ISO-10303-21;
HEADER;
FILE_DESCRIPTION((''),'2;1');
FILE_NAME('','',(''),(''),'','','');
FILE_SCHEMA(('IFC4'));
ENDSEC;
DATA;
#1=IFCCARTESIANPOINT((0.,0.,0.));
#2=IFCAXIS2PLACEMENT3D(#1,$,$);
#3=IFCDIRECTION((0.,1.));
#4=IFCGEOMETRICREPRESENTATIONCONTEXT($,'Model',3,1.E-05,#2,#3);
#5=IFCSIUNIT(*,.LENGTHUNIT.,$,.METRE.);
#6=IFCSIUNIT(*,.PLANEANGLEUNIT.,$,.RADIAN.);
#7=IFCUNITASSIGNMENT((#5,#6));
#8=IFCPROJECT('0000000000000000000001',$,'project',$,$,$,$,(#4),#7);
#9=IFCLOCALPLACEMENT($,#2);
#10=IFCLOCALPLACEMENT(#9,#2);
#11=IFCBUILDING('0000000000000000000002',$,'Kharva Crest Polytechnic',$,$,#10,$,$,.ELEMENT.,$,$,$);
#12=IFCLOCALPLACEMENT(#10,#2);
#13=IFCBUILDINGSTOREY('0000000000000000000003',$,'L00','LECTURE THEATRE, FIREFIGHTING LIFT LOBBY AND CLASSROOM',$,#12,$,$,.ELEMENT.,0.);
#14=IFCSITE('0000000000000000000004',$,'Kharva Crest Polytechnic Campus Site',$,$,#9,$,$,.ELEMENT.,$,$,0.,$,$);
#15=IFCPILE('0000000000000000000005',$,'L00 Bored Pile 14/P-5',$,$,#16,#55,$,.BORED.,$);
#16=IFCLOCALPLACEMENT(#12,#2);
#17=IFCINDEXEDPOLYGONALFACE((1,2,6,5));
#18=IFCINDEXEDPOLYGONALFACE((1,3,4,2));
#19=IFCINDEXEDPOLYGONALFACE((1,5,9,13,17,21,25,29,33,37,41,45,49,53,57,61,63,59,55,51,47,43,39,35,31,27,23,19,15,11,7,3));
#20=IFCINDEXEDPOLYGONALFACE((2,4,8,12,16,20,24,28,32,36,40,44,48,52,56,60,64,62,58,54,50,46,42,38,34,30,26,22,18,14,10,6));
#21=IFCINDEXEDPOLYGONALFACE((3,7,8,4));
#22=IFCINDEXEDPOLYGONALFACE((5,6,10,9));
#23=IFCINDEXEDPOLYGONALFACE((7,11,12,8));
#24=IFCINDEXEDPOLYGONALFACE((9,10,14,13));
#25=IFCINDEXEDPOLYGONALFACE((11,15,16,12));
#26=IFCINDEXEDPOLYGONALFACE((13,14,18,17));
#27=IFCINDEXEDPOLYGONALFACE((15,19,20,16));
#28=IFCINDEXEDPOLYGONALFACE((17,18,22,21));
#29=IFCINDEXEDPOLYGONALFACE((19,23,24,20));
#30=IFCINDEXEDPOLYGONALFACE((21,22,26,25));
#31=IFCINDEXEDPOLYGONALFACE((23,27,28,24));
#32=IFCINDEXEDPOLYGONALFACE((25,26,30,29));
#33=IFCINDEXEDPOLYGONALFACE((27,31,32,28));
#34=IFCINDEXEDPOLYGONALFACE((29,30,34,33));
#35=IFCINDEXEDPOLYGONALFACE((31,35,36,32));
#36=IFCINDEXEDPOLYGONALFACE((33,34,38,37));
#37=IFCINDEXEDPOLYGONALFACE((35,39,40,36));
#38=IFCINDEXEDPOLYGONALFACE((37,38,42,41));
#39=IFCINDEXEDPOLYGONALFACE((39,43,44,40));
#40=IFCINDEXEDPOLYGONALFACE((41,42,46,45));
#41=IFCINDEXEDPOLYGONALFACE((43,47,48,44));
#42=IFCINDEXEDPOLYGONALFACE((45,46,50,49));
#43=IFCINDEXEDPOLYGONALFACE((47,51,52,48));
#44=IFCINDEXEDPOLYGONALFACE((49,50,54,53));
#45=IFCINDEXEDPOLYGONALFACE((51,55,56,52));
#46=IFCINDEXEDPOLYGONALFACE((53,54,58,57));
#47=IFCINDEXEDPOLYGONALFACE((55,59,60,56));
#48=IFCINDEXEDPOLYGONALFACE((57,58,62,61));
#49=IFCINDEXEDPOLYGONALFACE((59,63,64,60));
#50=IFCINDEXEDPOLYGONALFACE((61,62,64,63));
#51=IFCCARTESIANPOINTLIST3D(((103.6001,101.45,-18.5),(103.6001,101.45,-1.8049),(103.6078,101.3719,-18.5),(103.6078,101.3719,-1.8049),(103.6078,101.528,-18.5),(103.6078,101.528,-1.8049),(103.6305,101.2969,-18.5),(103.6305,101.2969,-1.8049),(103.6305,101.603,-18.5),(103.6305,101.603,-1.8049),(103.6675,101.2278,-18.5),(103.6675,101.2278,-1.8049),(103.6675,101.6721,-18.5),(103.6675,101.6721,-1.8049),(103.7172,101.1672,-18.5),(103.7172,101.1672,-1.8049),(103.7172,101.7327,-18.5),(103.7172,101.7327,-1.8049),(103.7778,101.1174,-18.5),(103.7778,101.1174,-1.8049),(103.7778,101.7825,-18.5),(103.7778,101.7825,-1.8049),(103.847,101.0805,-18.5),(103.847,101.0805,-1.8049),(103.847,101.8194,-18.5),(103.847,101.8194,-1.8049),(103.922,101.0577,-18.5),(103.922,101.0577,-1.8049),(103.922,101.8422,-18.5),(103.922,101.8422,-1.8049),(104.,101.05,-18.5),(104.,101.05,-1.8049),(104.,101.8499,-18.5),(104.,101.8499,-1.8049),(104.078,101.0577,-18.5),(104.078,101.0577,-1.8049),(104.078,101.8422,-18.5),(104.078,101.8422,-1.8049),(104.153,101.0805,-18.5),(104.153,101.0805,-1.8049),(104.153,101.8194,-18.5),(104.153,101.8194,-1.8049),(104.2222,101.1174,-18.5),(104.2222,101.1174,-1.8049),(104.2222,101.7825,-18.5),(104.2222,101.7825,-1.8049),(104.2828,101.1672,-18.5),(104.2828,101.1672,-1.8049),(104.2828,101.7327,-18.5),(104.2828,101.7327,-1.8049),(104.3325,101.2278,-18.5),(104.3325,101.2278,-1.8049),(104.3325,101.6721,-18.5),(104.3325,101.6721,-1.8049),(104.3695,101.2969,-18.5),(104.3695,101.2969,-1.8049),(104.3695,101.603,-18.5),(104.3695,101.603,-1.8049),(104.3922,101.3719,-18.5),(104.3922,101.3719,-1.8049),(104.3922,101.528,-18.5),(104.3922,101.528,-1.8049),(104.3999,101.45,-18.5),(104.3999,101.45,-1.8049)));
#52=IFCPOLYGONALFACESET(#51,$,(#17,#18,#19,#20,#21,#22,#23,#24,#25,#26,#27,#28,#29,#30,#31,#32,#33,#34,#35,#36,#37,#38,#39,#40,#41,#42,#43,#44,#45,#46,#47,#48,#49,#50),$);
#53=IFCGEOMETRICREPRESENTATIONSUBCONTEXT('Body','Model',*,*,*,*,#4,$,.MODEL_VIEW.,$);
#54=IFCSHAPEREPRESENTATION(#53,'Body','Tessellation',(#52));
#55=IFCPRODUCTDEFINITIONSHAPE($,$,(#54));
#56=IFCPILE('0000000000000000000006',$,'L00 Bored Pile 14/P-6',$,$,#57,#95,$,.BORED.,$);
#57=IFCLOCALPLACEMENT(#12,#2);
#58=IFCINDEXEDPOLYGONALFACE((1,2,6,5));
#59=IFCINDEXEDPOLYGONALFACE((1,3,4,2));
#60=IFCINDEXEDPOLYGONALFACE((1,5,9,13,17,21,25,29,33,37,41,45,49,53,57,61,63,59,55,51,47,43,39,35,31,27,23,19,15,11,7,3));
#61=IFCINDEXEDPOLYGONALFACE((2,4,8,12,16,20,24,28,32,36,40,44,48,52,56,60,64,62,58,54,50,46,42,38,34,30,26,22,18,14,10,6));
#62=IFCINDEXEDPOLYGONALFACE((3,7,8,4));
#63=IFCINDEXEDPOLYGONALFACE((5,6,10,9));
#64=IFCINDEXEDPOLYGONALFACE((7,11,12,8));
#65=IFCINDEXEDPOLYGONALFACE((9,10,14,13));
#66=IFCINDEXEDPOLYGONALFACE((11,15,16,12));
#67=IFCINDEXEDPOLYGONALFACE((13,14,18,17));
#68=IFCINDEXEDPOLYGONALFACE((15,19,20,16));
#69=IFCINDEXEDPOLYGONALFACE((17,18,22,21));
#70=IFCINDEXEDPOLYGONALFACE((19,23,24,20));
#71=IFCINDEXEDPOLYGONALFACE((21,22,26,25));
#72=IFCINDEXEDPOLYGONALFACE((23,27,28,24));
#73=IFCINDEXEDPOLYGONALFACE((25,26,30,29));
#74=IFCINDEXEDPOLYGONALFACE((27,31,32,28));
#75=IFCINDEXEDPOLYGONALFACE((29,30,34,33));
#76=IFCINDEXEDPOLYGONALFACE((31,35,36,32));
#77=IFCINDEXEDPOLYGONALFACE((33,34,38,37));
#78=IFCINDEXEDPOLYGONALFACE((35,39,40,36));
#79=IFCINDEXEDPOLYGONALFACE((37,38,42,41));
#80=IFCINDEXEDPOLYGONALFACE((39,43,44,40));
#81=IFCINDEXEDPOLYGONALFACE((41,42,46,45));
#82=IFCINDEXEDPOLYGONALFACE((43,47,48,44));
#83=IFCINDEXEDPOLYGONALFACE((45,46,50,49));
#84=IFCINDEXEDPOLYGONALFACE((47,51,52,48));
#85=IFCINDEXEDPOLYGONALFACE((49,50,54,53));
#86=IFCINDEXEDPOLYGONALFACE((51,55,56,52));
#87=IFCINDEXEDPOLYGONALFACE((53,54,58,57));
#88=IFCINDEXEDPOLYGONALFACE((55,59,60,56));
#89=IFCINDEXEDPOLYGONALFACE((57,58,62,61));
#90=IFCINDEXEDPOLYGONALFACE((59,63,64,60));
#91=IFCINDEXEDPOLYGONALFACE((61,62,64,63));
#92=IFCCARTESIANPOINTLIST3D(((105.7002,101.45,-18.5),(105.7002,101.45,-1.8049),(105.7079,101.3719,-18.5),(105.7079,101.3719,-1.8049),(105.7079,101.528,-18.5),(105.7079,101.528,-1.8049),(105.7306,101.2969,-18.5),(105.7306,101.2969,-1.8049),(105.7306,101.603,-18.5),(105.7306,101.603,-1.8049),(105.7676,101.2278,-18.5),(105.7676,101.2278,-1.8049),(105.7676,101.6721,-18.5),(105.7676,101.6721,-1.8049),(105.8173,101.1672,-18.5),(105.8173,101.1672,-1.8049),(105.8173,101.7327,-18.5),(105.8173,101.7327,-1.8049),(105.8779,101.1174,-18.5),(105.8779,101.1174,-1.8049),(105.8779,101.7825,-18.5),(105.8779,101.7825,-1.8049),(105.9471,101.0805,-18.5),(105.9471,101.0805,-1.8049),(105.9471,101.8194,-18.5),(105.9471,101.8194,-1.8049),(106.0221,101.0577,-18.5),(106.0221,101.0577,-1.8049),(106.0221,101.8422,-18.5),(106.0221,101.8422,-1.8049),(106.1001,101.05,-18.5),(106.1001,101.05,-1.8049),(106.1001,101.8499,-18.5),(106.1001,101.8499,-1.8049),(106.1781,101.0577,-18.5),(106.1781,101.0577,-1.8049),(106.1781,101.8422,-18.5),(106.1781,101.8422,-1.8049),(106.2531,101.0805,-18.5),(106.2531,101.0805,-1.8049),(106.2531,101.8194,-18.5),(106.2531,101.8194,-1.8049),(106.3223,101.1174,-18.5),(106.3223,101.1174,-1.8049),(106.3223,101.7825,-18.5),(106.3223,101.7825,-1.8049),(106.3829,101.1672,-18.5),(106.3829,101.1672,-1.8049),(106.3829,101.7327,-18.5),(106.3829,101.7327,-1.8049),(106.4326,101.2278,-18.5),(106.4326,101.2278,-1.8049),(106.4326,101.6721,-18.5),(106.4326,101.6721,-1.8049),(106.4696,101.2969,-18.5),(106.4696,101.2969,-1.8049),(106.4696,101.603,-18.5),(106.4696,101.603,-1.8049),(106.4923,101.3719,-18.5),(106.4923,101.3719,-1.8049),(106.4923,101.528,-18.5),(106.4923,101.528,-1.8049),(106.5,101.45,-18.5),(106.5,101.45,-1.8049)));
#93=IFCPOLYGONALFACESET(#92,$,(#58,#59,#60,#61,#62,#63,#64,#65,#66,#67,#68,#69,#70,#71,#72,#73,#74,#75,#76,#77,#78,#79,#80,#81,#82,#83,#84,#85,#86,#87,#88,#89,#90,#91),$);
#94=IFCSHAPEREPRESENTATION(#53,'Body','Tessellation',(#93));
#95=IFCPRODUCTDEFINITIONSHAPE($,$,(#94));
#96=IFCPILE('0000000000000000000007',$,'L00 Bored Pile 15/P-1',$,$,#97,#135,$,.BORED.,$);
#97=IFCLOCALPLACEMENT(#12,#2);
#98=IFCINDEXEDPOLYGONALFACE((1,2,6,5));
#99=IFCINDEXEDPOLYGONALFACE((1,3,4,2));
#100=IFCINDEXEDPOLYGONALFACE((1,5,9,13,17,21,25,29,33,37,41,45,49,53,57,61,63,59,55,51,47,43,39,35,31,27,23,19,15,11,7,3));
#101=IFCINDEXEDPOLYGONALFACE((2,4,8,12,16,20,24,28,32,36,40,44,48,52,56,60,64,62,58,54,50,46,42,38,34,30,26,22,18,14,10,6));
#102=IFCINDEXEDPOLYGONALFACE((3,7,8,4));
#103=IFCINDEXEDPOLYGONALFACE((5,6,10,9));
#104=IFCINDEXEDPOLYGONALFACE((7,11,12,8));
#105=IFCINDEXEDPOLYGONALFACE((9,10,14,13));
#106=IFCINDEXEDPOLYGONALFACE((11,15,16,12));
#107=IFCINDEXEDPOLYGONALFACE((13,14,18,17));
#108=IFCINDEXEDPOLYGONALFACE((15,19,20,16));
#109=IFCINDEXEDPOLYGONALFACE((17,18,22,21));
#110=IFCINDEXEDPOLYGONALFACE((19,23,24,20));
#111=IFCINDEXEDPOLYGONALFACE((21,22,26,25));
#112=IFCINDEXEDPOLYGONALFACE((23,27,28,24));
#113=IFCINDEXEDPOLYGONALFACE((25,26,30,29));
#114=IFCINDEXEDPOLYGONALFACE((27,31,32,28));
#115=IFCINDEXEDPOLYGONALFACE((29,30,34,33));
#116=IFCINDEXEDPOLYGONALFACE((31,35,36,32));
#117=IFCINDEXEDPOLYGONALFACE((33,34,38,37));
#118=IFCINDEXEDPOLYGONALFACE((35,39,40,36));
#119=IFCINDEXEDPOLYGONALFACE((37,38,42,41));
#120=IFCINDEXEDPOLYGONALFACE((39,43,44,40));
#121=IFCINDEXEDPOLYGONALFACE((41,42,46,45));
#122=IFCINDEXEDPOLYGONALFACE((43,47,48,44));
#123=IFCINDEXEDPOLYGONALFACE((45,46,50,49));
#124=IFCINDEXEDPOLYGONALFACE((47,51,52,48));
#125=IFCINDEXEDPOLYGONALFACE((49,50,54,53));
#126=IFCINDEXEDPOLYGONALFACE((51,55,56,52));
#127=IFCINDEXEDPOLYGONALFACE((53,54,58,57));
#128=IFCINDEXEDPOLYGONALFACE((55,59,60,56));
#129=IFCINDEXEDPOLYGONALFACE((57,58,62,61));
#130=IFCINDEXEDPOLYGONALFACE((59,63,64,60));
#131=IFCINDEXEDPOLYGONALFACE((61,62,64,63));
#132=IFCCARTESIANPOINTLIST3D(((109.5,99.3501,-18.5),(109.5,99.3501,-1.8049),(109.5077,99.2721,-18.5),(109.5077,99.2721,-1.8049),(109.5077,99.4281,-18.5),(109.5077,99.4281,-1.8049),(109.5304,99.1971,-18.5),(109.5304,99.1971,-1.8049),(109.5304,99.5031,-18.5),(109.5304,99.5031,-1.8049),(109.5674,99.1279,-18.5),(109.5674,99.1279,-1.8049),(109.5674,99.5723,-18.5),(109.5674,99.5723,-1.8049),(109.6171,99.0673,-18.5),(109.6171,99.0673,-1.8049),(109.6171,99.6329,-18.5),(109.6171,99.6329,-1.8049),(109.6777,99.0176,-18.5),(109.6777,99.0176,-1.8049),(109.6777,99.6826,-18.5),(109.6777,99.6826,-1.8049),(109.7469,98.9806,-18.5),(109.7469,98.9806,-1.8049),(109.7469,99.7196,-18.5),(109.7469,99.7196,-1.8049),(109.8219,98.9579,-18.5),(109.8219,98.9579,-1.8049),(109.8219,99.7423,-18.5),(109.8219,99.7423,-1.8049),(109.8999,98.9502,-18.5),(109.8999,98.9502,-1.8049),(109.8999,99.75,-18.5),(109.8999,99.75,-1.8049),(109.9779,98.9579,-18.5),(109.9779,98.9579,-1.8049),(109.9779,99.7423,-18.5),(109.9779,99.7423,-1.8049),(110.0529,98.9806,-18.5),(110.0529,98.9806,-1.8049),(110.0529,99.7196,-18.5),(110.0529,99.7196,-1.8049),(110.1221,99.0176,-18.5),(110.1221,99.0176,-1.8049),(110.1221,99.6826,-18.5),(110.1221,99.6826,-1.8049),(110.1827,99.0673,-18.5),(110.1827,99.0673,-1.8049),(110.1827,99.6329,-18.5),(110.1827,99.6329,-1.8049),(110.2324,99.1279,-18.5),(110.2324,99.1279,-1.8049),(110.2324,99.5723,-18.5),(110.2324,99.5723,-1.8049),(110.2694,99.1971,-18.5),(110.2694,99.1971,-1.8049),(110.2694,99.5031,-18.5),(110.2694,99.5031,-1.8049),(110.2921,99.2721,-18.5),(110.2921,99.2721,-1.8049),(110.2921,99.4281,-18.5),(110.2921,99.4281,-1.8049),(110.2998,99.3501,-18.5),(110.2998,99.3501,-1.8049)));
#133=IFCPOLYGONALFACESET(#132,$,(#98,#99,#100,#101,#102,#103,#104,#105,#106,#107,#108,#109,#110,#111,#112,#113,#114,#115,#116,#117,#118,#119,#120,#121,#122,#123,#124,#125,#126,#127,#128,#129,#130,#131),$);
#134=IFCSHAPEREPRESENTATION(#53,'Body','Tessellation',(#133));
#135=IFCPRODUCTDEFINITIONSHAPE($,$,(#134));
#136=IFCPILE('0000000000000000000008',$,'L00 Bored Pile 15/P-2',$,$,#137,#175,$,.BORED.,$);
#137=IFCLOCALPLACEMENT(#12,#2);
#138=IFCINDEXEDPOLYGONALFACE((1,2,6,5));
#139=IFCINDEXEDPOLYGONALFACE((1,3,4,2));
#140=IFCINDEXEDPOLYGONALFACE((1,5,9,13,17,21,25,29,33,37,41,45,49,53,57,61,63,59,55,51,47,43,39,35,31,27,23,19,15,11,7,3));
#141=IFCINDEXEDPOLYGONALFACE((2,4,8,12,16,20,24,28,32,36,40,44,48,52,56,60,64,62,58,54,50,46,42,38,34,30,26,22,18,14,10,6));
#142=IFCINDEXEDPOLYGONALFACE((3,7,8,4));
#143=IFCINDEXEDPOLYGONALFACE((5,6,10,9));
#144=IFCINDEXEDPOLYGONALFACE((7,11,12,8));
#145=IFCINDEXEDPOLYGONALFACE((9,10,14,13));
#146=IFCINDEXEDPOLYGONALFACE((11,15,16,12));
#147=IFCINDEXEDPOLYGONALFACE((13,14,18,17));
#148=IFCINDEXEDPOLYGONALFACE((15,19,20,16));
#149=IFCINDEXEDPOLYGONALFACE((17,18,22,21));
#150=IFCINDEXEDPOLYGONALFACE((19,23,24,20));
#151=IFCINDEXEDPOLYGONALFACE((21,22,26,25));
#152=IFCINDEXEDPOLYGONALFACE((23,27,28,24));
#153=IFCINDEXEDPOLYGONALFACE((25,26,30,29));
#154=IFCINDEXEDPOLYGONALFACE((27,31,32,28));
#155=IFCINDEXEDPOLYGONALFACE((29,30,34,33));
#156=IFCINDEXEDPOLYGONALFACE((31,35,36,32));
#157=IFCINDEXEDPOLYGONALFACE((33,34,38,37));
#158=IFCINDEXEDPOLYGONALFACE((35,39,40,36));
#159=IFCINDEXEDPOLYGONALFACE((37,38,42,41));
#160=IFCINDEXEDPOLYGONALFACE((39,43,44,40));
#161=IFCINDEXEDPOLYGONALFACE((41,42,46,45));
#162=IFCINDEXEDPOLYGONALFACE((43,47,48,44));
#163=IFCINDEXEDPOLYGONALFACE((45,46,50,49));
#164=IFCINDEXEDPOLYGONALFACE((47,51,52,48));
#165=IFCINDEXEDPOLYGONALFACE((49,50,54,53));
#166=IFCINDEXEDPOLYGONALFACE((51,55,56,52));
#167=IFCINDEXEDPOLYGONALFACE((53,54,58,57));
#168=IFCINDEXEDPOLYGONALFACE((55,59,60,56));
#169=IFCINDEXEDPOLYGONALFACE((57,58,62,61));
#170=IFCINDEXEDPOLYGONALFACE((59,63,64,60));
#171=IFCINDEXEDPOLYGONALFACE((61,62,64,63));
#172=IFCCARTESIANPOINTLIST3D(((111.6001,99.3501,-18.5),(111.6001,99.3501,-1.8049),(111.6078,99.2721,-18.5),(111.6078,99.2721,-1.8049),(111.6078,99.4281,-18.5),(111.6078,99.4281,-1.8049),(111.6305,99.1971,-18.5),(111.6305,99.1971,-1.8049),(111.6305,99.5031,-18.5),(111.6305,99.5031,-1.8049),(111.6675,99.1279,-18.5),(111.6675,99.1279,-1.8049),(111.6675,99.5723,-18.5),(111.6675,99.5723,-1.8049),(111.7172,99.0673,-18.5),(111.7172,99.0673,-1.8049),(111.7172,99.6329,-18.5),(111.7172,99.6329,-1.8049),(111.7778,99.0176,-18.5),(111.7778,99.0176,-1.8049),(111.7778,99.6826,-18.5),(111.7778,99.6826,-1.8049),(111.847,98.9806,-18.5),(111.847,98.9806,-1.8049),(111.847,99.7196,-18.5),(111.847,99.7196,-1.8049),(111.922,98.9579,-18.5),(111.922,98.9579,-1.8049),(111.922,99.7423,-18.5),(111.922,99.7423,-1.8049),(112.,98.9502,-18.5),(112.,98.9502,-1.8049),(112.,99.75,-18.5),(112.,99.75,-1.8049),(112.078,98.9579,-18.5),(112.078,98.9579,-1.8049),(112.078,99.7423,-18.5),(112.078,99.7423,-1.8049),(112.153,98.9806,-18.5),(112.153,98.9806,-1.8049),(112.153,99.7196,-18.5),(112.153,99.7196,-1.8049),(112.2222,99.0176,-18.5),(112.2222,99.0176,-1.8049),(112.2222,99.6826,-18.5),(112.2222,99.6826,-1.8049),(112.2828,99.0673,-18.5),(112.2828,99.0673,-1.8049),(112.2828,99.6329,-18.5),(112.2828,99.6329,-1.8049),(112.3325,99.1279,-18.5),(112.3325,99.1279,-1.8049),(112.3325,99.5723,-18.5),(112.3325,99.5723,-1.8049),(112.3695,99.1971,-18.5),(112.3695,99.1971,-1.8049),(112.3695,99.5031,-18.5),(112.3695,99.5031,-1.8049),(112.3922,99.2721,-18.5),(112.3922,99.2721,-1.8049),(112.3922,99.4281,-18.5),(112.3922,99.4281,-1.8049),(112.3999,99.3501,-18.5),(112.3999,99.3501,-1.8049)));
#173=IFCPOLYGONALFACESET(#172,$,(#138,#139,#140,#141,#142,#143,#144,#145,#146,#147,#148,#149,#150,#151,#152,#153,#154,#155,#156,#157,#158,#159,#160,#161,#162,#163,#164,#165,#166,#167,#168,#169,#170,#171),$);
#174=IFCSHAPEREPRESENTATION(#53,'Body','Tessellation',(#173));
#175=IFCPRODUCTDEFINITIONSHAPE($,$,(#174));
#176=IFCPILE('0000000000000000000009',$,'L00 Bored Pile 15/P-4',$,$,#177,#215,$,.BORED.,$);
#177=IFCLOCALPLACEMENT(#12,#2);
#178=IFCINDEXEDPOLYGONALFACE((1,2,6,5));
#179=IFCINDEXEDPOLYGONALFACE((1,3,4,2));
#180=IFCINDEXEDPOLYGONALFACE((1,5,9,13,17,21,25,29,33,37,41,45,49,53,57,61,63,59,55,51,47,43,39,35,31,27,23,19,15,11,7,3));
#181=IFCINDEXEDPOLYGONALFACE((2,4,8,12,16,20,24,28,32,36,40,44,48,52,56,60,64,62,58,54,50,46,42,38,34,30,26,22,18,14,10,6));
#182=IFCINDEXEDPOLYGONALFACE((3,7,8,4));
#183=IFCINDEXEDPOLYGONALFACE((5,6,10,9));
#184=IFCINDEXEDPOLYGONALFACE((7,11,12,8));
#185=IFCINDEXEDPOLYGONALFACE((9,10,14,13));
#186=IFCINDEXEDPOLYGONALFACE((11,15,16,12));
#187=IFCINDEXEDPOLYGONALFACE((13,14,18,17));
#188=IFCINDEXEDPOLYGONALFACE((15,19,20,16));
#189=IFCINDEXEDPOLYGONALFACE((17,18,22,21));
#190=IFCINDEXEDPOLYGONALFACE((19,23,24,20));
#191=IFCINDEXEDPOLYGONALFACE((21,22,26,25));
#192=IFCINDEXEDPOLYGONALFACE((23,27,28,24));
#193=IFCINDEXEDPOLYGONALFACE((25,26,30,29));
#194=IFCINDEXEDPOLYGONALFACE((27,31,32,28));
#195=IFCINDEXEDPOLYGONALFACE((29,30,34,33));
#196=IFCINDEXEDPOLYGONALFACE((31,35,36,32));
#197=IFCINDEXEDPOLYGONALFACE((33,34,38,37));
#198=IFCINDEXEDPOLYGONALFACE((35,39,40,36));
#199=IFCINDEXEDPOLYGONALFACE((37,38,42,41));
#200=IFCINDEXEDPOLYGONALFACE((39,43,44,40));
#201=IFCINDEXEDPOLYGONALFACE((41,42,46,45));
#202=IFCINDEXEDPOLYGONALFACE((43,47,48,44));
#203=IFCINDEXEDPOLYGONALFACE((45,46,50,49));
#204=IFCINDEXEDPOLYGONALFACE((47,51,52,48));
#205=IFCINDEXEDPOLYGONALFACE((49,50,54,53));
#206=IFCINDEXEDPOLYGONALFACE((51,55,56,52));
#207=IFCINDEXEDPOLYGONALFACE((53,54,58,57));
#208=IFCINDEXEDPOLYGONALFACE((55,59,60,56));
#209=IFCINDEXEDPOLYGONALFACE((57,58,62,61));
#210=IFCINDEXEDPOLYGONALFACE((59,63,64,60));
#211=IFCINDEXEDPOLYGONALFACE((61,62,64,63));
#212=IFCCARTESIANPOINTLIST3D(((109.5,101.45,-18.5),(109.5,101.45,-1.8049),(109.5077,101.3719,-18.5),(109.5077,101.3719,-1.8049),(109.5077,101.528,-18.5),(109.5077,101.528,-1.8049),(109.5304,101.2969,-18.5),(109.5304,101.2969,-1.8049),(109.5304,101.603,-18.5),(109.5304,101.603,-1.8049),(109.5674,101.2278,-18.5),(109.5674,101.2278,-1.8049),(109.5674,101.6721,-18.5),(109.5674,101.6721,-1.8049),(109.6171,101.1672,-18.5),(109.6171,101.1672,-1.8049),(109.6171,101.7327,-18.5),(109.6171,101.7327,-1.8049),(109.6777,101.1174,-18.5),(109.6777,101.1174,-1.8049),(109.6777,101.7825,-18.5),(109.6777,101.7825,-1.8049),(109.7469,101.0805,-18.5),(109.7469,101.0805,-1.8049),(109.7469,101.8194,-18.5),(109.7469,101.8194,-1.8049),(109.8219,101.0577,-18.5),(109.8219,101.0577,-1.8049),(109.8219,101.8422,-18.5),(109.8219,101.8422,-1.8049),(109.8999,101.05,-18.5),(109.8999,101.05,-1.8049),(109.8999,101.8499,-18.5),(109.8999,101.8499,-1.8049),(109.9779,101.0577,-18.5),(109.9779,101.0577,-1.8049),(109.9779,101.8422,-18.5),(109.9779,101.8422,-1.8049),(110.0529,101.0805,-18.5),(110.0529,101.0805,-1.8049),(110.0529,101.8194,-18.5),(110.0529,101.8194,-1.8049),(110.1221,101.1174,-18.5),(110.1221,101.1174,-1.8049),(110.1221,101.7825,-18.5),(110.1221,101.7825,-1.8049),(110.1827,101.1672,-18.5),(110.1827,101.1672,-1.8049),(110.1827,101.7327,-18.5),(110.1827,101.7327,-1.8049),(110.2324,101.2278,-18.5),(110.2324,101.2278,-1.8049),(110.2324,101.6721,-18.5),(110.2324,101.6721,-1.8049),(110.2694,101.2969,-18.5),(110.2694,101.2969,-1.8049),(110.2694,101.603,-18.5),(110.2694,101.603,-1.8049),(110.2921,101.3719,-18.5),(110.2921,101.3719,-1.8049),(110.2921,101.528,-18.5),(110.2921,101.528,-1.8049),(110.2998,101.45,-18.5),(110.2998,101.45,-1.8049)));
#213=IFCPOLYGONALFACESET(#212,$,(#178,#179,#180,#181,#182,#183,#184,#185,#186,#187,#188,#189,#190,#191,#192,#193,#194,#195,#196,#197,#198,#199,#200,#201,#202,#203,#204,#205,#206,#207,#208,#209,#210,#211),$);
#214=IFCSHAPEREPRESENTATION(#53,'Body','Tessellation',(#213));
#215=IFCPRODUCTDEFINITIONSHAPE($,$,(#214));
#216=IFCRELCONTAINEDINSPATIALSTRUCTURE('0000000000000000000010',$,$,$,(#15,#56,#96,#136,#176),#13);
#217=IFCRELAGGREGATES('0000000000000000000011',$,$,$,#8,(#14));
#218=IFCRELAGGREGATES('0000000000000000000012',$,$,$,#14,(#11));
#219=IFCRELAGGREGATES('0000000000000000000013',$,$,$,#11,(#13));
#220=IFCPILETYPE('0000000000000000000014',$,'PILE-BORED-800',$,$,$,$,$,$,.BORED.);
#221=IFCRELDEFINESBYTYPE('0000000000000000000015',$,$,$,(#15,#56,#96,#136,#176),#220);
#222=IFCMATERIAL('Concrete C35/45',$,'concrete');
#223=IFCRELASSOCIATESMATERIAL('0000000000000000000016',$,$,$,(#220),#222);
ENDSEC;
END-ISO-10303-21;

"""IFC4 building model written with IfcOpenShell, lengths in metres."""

from ifc_helpers import new_model, si_unit, direction, frame, origin, origin_2d, place, context, subcontext, project, spatial, circle, extrude, material, material_profile, profile_set, type_object, element, save


model = new_model("IFC4")

# Units and contexts
model_context = context("Model", 3, precision=1e-05, world=origin(), true_north=direction((0.0, 1.0)))
body_context = subcontext(model_context, "Body", "Model", "MODEL_VIEW")
ifc_project = project(units=[si_unit("LENGTHUNIT", "METRE"), si_unit("PLANEANGLEUNIT", "RADIAN")], contexts=[model_context])

# Site, building, storey
site_placement = place(None, origin())
site = spatial("IfcSite", under=ifc_project, at=site_placement, Name="Kharva Crest Polytechnic Campus Site", CompositionType="ELEMENT", RefElevation=0.0)
building_placement = place(site_placement, origin())
building = spatial("IfcBuilding", under=site, at=building_placement, Name="Kharva Crest Polytechnic", CompositionType="ELEMENT")
storey_placement = place(building_placement, origin())
storey = spatial("IfcBuildingStorey", under=building, at=storey_placement, Name="L00", Description="LECTURE THEATRE, FIREFIGHTING LIFT LOBBY AND CLASSROOM", CompositionType="ELEMENT", Elevation=0.0)

# Shared definitions
ifc_material_1 = material(Name="Concrete C35/45", Category="concrete")

# Piles
ifc_material_profile_1 = material_profile(ifc_material_1, circle(Radius=0.3999, at=origin_2d()), Name="DIA 800")
ifc_profile_set_1 = profile_set([ifc_material_profile_1], Name="Concrete C35/45")
pile_type = type_object("IfcPileType", Name="PILE-BORED-800", PredefinedType="BORED", material=ifc_profile_set_1)
for number, where, z_axis, x_axis, name in (
    (1, (104.0, 101.45, -1.8049), (0.0, 0.0, -1.0), (1.0, 0.0, 0.0), "L00 Bored Pile 14/P-5"),
    (2, (106.1001, 101.45, -1.8049), (0.0, 0.0, -1.0), (1.0, 0.0, 0.0), "L00 Bored Pile 14/P-6"),
    (3, (109.8999, 99.3501, -1.8049), (0.0, 0.0, -1.0), (1.0, 0.0, 0.0), "L00 Bored Pile 15/P-1"),
    (4, (112.0, 99.3501, -1.8049), (0.0, 0.0, -1.0), (1.0, 0.0, 0.0), "L00 Bored Pile 15/P-2"),
    (5, (109.8999, 101.45, -1.8049), (0.0, 0.0, -1.0), (1.0, 0.0, 0.0), "L00 Bored Pile 15/P-4"),
):
    element("IfcPile", number, at=place(storey_placement, frame(where, z_axis=z_axis, x_axis=x_axis)), inside=storey, type_object=pile_type, Name=name, PredefinedType="BORED", context=body_context, shape_type="SweptSolid", body=[
        extrude(circle(Radius=0.3999, at=origin_2d()), origin(), (0.0, 0.0, 1.0), 16.6951),
    ])

save(model, "model.ifc")
